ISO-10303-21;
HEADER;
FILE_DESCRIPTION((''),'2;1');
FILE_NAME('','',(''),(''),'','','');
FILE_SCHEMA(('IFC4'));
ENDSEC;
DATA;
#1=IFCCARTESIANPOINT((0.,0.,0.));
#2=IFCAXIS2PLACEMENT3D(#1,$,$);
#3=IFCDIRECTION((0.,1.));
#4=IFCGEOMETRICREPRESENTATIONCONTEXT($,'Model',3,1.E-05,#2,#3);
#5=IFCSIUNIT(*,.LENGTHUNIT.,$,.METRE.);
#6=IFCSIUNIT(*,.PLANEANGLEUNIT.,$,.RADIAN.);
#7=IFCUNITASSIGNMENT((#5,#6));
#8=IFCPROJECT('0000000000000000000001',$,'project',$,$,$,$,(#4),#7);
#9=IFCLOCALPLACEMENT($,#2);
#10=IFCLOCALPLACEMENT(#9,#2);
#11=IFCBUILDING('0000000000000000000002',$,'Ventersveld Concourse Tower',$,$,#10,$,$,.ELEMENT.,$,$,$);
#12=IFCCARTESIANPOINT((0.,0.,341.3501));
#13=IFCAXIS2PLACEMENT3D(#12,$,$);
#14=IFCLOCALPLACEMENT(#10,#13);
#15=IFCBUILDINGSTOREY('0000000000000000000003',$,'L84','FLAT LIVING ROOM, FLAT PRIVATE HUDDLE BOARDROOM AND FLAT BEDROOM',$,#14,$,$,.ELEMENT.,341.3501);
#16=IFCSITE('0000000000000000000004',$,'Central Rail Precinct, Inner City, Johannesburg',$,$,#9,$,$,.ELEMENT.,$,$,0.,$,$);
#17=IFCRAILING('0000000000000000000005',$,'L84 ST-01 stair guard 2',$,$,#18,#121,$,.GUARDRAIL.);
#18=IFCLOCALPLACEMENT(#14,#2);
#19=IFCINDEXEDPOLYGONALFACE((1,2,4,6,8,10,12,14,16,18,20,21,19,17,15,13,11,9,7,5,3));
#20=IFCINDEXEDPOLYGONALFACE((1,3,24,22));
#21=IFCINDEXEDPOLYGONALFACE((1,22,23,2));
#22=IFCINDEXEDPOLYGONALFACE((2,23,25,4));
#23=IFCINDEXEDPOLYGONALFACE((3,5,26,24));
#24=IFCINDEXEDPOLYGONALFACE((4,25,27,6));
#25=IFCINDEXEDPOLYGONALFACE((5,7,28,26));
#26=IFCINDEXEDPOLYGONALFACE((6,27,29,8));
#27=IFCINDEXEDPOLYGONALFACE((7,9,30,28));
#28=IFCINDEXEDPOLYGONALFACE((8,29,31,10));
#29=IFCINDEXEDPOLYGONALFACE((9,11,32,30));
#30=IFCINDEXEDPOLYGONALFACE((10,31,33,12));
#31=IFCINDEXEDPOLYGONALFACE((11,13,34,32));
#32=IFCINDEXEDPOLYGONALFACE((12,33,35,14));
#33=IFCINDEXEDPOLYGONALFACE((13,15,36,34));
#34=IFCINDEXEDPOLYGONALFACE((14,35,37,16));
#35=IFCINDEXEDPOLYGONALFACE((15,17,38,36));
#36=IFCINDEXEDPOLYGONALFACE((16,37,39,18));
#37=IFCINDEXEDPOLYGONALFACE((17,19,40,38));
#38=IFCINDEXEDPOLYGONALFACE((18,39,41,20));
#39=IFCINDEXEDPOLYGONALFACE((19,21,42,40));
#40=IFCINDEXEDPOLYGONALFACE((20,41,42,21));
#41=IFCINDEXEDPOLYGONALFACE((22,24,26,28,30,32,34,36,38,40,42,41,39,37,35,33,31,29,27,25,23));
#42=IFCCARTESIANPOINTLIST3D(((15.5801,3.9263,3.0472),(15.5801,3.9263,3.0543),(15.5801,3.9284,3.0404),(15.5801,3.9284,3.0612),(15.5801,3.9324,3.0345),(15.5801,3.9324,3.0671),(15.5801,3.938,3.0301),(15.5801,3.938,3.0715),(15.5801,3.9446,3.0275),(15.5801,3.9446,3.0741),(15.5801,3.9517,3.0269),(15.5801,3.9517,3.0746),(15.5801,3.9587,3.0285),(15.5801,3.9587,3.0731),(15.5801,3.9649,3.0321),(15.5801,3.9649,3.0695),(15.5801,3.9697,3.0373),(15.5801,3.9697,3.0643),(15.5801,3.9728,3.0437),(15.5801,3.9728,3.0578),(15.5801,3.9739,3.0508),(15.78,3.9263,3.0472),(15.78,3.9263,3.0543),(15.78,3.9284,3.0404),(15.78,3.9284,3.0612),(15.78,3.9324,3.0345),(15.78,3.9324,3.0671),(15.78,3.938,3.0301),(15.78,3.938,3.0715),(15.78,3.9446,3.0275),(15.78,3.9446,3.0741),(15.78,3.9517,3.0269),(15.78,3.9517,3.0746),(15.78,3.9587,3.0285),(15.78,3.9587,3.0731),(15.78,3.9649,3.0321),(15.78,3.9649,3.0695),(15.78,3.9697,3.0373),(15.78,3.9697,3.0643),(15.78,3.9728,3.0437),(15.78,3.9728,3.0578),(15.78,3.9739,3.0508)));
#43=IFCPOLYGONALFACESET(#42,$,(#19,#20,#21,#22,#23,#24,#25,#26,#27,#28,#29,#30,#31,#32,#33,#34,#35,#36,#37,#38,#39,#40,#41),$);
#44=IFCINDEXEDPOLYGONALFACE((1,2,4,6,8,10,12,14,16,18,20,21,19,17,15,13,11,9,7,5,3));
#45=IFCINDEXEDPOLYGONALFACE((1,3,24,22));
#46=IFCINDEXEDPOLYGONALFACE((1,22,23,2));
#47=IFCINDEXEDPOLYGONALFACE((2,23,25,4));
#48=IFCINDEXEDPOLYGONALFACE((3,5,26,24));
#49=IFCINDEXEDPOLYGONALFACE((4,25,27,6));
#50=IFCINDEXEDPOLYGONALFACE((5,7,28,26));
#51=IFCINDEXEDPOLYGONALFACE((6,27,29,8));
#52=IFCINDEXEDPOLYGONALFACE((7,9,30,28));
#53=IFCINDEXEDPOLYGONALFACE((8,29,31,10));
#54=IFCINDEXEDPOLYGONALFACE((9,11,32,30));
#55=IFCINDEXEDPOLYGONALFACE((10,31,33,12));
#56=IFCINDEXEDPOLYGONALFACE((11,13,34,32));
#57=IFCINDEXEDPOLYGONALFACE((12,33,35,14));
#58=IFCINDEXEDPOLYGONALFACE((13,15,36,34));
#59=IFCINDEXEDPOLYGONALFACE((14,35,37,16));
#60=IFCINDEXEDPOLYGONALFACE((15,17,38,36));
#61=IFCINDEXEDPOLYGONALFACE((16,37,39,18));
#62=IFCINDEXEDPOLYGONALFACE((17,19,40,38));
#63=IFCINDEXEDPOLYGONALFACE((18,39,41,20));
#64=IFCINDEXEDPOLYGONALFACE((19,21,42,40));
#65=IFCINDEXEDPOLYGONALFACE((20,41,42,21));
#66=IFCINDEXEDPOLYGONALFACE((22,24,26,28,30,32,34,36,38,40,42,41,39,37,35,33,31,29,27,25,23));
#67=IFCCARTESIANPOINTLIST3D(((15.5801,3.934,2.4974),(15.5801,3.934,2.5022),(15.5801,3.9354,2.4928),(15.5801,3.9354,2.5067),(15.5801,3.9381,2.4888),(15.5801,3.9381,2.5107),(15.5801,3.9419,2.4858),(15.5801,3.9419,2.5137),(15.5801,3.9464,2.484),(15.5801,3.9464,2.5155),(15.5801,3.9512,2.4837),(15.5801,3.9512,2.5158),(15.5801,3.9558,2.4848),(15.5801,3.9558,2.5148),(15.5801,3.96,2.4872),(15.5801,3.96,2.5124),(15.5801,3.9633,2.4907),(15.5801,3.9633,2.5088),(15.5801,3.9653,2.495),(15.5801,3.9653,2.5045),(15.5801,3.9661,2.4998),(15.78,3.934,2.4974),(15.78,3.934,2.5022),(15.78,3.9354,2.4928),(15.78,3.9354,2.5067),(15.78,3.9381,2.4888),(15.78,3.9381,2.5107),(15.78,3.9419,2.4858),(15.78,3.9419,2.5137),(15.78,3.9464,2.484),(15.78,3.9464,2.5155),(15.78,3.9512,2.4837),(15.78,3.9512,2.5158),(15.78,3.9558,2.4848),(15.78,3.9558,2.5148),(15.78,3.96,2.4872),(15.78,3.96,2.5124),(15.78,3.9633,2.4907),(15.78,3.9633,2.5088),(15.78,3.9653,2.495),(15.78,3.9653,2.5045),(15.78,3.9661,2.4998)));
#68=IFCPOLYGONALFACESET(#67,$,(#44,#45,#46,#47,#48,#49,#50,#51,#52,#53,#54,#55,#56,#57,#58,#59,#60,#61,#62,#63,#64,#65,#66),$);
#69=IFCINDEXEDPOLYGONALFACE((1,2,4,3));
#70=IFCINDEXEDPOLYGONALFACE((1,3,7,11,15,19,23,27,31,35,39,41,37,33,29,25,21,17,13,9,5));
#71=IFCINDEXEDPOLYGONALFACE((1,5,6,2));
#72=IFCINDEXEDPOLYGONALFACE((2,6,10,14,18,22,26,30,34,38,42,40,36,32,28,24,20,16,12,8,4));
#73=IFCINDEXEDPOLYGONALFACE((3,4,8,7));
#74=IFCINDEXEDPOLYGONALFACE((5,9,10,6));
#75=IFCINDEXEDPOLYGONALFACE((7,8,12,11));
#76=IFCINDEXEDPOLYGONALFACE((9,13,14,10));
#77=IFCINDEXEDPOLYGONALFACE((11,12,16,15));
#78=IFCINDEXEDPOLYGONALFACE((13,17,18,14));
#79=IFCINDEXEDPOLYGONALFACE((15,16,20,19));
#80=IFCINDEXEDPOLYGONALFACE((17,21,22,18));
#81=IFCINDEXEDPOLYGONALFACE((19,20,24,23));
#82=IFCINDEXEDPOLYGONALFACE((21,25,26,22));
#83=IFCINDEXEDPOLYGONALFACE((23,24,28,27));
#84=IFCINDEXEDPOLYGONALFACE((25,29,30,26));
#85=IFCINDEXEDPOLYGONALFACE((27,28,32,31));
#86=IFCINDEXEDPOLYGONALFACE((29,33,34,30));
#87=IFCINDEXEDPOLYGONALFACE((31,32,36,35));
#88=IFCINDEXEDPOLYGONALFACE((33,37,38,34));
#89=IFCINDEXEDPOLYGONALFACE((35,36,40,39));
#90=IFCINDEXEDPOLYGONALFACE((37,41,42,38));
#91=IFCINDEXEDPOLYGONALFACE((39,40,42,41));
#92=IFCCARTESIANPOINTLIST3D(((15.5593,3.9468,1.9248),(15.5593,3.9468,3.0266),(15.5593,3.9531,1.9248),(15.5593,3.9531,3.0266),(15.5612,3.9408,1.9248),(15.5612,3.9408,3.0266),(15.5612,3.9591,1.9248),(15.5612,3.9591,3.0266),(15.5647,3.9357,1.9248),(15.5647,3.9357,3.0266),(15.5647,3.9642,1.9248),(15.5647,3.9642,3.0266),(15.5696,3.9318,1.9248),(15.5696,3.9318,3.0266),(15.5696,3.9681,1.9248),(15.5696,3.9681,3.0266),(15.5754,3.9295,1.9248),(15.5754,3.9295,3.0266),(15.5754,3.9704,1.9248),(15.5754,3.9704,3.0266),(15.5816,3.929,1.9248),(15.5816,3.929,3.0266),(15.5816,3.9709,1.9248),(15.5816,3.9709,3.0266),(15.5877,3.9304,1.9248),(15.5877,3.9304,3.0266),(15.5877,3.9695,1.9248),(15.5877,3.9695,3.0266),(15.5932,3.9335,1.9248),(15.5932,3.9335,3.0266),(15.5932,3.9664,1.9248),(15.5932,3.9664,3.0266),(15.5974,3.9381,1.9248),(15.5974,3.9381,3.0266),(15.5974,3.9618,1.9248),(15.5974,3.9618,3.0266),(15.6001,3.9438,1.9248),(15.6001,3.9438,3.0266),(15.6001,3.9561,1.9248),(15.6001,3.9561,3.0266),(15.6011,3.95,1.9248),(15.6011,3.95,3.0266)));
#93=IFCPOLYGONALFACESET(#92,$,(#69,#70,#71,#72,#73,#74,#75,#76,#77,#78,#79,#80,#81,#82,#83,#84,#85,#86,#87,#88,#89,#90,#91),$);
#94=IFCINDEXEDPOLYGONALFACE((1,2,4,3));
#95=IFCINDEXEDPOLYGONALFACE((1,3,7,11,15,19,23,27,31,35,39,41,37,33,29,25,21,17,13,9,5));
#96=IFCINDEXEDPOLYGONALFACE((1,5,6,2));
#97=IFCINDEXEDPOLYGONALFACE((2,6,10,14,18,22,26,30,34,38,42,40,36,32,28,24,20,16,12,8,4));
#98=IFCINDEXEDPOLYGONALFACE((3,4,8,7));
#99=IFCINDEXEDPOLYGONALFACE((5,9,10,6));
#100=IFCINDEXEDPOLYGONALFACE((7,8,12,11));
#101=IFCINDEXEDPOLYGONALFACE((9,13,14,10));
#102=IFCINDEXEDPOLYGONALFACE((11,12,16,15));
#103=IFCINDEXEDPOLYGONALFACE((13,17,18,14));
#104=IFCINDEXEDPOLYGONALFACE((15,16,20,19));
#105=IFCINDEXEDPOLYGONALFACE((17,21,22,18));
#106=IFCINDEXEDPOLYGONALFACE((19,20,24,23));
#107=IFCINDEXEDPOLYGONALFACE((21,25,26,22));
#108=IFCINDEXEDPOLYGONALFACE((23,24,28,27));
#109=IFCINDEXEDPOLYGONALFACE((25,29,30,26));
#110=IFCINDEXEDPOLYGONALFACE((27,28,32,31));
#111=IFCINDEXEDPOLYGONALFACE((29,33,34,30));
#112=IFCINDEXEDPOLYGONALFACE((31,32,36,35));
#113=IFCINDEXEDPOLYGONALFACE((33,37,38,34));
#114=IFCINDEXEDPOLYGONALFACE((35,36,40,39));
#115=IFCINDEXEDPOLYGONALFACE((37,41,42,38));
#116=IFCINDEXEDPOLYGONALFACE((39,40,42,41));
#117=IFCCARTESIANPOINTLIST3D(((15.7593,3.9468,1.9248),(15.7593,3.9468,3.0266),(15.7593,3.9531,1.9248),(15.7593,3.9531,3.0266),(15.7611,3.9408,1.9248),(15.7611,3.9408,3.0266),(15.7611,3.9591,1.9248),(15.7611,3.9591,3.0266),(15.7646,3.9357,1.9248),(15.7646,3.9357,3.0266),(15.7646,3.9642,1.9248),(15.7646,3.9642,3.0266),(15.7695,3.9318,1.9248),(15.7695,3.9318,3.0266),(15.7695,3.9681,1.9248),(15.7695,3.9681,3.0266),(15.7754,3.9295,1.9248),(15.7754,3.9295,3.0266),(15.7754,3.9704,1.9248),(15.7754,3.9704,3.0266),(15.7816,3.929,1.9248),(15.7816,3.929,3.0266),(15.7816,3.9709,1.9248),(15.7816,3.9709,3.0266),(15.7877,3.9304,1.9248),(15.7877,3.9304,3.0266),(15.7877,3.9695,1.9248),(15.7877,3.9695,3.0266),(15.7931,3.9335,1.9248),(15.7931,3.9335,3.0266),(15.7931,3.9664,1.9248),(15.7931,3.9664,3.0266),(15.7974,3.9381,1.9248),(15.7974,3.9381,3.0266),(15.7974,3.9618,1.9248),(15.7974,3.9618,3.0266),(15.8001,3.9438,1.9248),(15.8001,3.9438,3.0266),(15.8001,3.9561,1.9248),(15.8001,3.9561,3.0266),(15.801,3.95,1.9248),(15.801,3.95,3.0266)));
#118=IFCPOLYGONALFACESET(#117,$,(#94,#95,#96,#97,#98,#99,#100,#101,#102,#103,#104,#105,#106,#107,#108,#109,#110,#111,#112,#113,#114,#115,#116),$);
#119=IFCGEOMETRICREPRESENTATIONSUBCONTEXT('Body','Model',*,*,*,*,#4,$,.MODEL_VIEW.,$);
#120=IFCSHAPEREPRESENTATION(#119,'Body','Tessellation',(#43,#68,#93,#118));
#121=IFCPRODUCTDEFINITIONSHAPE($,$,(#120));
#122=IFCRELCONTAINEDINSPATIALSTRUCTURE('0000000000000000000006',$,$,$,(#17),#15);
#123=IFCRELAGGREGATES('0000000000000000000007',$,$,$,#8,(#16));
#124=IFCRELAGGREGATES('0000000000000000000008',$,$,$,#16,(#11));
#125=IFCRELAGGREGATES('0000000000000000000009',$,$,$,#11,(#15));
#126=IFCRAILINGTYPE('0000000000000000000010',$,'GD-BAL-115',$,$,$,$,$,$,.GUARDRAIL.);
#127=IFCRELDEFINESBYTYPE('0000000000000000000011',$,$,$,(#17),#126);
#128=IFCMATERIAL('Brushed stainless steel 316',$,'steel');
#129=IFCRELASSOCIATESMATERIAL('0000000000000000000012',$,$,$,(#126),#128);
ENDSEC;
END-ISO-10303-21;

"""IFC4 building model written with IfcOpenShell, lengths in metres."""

from ifc_helpers import new_model, si_unit, direction, frame, origin, origin_2d, place, context, subcontext, project, spatial, circle, extrude, material, type_object, element, save


model = new_model("IFC4")

# Units and contexts
model_context = context("Model", 3, precision=1e-05, world=origin(), true_north=direction((0.0, 1.0)))
body_context = subcontext(model_context, "Body", "Model", "MODEL_VIEW")
ifc_project = project(units=[si_unit("LENGTHUNIT", "METRE"), si_unit("PLANEANGLEUNIT", "RADIAN")], contexts=[model_context])

# Site, building, storey
site_placement = place(None, origin())
site = spatial("IfcSite", under=ifc_project, at=site_placement, Name="Central Rail Precinct, Inner City, Johannesburg", CompositionType="ELEMENT", RefElevation=0.0)
building_placement = place(site_placement, origin())
building = spatial("IfcBuilding", under=site, at=building_placement, Name="Ventersveld Concourse Tower", CompositionType="ELEMENT")
storey_placement = place(building_placement, frame((0.0, 0.0, 341.3501)))
storey = spatial("IfcBuildingStorey", under=building, at=storey_placement, Name="L84", Description="FLAT LIVING ROOM, FLAT PRIVATE HUDDLE BOARDROOM AND FLAT BEDROOM", CompositionType="ELEMENT", Elevation=341.3501)

# Railing
ifc_material_1 = material(Name="Brushed stainless steel 316", Category="steel")
railing_type_1 = type_object("IfcRailingType", Name="GD-BAL-115", PredefinedType="GUARDRAIL", material=ifc_material_1)
railing_1_placement = place(storey_placement, frame((15.5801, 3.95, 1.9248)))
element("IfcRailing", 1, at=railing_1_placement, inside=storey, type_object=railing_type_1, Name="L84 ST-01 stair guard 2", PredefinedType="GUARDRAIL", context=body_context, shape_type="SweptSolid", body=[
    extrude(circle(Radius=0.0239, at=origin_2d()), frame((0.0, 0.0, 1.126), z_axis=(1.0, 0.0, 0.0), x_axis=(0.0, 1.0, 0.0)), (0.0, 0.0, 1.0), 0.2),
    extrude(circle(Radius=0.0161, at=origin_2d()), frame((0.0, 0.0, 0.575), z_axis=(1.0, 0.0, 0.0), x_axis=(0.0, 1.0, 0.0)), (0.0, 0.0, 1.0), 0.2),
    extrude(circle(Radius=0.021, at=origin_2d()), origin(), (0.0, 0.0, 1.0), 1.1018),
    extrude(circle(Radius=0.021, at=origin_2d()), frame((0.2, 0.0, 0.0)), (0.0, 0.0, 1.0), 1.1018),
])

save(model, "model.ifc")
